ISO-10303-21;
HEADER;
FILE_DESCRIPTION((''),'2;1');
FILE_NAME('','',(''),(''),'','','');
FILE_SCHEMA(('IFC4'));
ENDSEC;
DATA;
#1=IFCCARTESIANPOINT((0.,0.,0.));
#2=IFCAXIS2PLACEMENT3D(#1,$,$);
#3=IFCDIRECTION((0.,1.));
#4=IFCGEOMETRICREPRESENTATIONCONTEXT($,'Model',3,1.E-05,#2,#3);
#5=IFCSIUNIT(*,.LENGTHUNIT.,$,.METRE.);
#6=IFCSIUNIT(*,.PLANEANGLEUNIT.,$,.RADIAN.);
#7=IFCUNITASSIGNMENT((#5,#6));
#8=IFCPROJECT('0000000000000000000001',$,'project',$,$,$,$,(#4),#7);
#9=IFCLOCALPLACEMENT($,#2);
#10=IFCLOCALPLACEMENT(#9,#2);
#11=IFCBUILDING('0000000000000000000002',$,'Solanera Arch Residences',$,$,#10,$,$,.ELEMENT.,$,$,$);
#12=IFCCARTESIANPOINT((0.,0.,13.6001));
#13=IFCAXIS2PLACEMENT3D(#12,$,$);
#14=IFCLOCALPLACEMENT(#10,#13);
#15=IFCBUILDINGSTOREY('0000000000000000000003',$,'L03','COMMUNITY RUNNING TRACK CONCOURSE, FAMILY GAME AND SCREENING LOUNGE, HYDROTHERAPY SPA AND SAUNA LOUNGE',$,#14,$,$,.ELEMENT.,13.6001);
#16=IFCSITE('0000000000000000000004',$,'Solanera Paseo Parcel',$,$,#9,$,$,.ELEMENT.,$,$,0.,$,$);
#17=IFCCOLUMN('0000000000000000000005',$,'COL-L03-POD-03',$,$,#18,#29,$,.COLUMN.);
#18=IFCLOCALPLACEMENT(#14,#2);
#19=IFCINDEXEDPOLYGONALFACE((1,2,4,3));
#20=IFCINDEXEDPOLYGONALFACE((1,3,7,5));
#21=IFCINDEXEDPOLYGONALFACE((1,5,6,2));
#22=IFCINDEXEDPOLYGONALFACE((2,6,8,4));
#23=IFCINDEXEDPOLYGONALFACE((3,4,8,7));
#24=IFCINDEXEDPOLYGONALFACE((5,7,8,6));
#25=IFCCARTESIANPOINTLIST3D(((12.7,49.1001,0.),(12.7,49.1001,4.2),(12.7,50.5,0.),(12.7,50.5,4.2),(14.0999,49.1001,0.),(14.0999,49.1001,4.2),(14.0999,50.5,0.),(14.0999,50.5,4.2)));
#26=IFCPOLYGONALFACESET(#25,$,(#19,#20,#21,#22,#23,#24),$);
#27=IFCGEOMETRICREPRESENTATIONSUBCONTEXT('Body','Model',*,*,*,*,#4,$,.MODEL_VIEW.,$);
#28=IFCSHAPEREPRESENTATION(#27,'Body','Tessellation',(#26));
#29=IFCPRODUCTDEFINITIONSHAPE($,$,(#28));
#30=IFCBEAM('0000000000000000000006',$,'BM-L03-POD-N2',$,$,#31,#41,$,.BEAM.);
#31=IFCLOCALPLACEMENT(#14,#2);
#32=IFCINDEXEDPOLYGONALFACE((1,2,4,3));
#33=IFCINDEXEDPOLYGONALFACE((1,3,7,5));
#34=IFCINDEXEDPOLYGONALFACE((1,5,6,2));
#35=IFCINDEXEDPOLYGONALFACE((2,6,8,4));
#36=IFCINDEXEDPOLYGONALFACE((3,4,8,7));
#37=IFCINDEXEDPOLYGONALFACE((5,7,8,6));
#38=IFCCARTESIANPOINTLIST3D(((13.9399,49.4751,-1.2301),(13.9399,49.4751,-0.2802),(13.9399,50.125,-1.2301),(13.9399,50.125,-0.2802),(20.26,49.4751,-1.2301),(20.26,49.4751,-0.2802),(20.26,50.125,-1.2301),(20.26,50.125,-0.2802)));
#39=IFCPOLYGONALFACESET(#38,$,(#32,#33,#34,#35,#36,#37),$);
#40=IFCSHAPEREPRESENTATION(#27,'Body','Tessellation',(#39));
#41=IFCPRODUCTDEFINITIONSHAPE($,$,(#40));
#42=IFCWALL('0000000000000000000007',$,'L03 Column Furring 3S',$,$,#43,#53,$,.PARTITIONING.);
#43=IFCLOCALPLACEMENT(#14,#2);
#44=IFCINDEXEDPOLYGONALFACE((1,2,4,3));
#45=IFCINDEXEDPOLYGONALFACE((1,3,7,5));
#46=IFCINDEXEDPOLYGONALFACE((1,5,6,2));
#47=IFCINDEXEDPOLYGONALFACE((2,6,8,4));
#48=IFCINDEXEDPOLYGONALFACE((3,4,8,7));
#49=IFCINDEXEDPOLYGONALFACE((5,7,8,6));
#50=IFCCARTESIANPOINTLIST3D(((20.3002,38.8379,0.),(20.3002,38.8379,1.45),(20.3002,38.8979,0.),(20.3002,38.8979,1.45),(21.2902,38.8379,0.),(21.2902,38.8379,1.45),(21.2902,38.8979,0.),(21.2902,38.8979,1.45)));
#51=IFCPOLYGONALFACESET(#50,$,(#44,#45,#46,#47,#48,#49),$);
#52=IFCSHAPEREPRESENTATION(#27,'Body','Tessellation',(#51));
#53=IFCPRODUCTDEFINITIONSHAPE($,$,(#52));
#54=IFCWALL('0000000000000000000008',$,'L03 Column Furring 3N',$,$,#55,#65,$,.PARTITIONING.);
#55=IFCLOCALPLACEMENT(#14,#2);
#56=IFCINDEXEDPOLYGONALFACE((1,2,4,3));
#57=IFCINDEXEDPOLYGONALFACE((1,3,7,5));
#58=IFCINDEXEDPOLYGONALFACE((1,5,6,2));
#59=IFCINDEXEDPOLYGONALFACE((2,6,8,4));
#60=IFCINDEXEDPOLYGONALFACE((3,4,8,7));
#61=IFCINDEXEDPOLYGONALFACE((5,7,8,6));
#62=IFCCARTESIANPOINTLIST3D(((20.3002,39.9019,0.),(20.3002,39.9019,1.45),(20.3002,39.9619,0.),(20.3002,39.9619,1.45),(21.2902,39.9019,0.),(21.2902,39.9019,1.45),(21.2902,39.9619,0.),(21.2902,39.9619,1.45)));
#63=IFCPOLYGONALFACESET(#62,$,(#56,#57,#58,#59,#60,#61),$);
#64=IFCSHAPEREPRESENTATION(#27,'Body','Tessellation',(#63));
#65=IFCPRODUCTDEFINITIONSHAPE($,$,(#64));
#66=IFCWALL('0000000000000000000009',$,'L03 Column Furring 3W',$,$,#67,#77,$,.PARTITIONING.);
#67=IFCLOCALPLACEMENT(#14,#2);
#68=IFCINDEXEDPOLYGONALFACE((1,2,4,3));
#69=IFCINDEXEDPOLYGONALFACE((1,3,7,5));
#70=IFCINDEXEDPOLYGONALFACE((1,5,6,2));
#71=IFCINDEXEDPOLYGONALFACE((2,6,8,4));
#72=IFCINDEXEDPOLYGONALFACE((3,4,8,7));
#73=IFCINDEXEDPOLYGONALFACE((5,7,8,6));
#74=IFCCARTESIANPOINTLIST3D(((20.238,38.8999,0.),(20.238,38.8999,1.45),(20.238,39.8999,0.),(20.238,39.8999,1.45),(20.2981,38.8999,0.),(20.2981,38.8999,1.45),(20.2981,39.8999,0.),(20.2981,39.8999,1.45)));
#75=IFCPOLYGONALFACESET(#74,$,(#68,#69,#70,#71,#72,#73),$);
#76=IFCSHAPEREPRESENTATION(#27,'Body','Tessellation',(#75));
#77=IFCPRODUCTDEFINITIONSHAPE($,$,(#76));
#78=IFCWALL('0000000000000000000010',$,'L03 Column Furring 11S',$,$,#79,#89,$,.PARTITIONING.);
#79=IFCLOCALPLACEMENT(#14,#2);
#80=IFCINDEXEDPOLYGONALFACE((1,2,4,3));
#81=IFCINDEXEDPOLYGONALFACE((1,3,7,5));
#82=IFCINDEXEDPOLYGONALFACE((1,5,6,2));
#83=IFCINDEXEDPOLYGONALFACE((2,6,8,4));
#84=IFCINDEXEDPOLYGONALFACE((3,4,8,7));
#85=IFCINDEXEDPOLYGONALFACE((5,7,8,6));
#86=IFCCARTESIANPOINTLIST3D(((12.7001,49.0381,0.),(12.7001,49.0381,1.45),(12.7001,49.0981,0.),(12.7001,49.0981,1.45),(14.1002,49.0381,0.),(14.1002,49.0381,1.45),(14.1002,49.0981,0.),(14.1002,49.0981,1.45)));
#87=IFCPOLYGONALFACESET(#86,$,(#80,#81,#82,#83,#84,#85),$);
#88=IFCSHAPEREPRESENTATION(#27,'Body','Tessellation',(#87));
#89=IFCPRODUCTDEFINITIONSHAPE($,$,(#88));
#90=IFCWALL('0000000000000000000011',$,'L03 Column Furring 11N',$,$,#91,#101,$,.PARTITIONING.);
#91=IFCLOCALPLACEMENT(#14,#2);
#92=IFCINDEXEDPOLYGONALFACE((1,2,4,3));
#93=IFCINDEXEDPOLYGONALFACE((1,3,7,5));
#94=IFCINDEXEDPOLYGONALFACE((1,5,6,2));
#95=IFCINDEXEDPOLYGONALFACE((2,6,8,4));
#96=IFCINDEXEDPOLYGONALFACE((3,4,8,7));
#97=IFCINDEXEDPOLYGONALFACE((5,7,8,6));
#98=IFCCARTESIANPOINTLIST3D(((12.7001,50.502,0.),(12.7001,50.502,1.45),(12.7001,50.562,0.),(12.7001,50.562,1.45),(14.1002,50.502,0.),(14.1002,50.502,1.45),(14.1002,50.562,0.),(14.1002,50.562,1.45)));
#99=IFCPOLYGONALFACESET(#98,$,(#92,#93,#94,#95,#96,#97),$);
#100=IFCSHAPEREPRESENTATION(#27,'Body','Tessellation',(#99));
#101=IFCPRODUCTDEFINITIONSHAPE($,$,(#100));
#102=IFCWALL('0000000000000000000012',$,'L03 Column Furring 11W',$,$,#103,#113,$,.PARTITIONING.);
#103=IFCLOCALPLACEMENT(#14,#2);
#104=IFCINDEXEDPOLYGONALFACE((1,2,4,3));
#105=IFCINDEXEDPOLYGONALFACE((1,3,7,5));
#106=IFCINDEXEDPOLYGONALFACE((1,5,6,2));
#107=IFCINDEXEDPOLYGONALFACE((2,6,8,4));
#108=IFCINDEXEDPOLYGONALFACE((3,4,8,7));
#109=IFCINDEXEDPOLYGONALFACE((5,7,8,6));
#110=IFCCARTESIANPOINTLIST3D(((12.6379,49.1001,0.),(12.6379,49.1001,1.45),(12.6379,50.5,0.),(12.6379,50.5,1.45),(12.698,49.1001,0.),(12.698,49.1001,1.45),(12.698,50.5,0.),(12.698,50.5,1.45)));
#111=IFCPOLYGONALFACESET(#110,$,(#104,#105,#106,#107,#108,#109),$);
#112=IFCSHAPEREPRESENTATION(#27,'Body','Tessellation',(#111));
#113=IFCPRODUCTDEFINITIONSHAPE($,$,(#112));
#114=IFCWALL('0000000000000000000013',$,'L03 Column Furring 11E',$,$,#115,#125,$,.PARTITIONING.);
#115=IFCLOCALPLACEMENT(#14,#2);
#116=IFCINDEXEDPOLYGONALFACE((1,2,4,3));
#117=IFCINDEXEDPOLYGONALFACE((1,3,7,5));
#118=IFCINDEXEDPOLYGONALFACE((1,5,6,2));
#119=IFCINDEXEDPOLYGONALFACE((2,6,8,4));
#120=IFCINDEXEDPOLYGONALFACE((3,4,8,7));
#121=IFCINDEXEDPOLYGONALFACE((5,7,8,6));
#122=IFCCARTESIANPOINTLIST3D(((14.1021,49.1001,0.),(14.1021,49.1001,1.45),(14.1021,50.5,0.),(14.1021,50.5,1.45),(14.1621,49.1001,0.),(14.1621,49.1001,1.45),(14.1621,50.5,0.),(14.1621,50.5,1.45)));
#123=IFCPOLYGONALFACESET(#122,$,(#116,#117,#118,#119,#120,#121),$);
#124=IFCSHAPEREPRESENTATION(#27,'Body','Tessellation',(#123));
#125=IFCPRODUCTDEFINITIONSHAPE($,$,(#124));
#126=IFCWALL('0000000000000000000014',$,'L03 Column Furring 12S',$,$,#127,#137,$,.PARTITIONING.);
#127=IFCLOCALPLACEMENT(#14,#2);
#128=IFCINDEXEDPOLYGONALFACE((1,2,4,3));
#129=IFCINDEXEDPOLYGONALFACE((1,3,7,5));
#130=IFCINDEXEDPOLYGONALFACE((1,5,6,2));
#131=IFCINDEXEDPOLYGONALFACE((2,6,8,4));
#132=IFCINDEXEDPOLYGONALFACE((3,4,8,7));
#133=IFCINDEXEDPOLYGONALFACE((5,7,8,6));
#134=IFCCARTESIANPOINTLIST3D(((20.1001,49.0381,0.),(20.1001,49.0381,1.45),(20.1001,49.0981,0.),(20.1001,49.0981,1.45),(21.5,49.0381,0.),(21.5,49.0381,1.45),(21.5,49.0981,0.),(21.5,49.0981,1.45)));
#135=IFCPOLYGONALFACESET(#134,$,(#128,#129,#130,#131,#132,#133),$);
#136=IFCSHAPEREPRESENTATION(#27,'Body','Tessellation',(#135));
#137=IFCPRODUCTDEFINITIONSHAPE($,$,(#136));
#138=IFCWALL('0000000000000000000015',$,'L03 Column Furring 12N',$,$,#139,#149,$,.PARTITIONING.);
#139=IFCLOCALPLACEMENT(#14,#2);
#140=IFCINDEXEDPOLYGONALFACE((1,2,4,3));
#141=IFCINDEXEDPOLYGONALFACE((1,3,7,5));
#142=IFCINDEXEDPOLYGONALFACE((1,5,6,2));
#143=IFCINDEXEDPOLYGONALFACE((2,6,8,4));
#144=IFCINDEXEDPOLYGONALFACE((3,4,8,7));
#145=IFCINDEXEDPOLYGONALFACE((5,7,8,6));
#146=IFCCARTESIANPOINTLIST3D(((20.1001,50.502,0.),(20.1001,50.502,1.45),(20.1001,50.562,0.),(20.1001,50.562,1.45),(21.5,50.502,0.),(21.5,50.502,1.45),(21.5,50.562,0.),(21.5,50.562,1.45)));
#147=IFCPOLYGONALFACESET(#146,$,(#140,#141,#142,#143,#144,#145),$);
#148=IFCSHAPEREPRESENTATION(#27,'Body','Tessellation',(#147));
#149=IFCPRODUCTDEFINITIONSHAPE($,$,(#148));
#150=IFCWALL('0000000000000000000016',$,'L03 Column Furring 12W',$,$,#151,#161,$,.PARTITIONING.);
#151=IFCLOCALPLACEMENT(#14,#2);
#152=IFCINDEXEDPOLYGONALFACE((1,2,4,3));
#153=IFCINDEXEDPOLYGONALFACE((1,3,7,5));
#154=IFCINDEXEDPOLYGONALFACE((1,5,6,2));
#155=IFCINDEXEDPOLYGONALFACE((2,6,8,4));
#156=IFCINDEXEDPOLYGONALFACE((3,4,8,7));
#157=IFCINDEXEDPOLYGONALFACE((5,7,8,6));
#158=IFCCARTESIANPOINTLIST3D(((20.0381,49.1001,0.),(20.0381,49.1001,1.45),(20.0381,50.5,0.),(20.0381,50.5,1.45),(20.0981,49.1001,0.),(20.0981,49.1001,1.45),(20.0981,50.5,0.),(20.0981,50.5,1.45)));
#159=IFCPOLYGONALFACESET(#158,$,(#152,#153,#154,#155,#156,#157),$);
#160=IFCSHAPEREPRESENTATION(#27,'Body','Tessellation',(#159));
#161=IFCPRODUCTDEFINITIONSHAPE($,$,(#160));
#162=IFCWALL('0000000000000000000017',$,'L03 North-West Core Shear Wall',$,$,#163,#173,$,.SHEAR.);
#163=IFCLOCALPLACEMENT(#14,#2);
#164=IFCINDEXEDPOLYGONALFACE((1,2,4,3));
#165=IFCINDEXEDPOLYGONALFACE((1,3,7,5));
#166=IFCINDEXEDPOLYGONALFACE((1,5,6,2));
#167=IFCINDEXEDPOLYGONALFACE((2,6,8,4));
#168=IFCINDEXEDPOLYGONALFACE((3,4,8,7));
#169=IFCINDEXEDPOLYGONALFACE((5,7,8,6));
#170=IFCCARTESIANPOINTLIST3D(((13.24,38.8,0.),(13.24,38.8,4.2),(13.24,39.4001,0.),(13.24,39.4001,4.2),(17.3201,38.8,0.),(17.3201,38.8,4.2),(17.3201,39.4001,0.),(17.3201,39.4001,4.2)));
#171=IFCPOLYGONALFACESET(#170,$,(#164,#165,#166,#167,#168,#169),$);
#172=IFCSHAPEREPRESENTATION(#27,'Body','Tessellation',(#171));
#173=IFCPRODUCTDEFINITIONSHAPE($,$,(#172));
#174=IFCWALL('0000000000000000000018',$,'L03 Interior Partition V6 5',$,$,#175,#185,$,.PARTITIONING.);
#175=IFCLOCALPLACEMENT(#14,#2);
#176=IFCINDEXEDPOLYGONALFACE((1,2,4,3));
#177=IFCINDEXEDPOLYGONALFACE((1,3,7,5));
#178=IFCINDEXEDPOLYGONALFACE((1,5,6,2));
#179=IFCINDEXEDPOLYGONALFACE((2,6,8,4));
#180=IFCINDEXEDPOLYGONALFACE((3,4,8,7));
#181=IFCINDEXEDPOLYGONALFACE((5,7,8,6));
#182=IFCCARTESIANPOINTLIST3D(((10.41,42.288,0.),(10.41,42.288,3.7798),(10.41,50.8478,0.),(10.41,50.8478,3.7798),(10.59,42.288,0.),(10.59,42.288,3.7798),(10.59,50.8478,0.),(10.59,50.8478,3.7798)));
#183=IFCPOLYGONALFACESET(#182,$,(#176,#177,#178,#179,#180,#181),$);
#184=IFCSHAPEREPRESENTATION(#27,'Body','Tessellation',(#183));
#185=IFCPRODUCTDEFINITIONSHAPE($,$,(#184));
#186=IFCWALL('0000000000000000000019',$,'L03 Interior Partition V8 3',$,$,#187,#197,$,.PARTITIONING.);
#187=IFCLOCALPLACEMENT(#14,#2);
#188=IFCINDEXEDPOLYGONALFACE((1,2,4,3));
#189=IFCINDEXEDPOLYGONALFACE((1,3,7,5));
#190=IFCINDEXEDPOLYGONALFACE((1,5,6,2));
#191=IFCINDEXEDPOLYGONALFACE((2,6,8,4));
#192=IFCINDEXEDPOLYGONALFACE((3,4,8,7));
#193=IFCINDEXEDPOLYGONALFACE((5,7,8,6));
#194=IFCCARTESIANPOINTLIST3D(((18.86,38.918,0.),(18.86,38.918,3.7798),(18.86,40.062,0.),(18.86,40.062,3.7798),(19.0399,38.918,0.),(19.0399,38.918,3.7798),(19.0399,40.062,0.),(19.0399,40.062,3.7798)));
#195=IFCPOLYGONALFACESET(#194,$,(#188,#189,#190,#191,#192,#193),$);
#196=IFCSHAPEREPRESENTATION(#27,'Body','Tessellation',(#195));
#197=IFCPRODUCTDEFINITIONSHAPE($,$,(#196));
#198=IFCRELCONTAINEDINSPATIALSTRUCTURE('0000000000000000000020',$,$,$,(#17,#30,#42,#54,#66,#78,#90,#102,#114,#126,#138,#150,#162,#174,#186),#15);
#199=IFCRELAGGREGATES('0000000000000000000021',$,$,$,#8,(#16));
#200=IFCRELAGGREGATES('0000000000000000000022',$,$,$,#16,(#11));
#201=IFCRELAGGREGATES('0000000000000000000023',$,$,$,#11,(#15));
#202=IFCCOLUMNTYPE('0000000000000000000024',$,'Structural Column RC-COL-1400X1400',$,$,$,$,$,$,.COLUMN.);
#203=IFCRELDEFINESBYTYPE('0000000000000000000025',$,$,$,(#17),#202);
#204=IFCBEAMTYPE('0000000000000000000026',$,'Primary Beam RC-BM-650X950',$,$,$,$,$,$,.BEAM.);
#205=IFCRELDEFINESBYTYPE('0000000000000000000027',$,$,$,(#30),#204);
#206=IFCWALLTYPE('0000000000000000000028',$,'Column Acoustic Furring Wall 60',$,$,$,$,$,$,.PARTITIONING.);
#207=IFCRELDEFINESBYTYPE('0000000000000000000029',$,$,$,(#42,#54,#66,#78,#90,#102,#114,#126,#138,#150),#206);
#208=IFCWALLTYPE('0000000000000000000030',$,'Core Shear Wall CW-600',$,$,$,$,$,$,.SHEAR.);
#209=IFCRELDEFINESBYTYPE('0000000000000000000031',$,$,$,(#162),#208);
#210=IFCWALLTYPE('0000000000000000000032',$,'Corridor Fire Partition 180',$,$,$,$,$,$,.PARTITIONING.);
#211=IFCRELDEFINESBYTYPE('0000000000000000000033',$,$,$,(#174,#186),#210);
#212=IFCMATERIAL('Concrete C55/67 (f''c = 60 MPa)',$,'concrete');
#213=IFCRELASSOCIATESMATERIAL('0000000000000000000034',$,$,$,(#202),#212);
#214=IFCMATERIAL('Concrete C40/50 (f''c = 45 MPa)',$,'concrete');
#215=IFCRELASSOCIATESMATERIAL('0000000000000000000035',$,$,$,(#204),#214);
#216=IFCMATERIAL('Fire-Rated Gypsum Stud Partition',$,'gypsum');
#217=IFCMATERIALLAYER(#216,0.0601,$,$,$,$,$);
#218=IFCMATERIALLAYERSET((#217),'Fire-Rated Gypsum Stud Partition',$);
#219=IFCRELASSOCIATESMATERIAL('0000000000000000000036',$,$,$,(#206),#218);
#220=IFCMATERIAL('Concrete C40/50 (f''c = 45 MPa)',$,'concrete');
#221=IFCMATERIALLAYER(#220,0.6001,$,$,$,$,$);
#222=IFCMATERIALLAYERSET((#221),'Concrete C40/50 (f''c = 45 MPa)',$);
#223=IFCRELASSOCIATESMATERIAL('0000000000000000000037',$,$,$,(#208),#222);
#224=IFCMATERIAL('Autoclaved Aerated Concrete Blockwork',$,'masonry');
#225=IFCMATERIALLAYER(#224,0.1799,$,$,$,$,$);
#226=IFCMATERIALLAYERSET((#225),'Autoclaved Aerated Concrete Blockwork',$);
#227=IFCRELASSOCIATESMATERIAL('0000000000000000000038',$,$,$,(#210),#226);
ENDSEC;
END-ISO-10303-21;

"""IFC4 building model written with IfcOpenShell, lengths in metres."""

from ifc_helpers import new_model, si_unit, direction, frame, frame_2d, origin, origin_2d, place, context, subcontext, project, spatial, rectangle, extrude, material, layer, layer_set, material_profile, profile_set, type_object, element, save


model = new_model("IFC4")

# Units and contexts
model_context = context("Model", 3, precision=1e-05, world=origin(), true_north=direction((0.0, 1.0)))
body_context = subcontext(model_context, "Body", "Model", "MODEL_VIEW")
ifc_project = project(units=[si_unit("LENGTHUNIT", "METRE"), si_unit("PLANEANGLEUNIT", "RADIAN")], contexts=[model_context])

# Site, building, storey
site_placement = place(None, origin())
site = spatial("IfcSite", under=ifc_project, at=site_placement, Name="Solanera Paseo Parcel", CompositionType="ELEMENT", RefElevation=0.0)
building_placement = place(site_placement, origin())
building = spatial("IfcBuilding", under=site, at=building_placement, Name="Solanera Arch Residences", CompositionType="ELEMENT")
storey_placement = place(building_placement, frame((0.0, 0.0, 13.6001)))
storey = spatial("IfcBuildingStorey", under=building, at=storey_placement, Name="L03", Description="COMMUNITY RUNNING TRACK CONCOURSE, FAMILY GAME AND SCREENING LOUNGE, HYDROTHERAPY SPA AND SAUNA LOUNGE", CompositionType="ELEMENT", Elevation=13.6001)

# Column
ifc_material_1 = material(Name="Concrete C55/67 (f'c = 60 MPa)", Category="concrete")
ifc_material_profile_1 = material_profile(ifc_material_1, rectangle(XDim=1.3999, YDim=1.3999, at=origin_2d()))
ifc_profile_set_1 = profile_set([ifc_material_profile_1], Name="Concrete C55/67 (f'c = 60 MPa)")
column_type = type_object("IfcColumnType", Name="Structural Column RC-COL-1400X1400", PredefinedType="COLUMN", material=ifc_profile_set_1)
column_placement = place(storey_placement, frame((13.3999, 49.8, 0.0), z_axis=(0.0, 0.0, 1.0), x_axis=(1.0, 0.0, 0.0)))
element("IfcColumn", 1, at=column_placement, inside=storey, type_object=column_type, Name="COL-L03-POD-03", PredefinedType="COLUMN", context=body_context, shape_type="SweptSolid", body=[
    extrude(rectangle(XDim=1.3999, YDim=1.3999, at=origin_2d()), origin(), (0.0, 0.0, 1.0), 4.2),
])

# Beam
ifc_material_2 = material(Name="Concrete C40/50 (f'c = 45 MPa)", Category="concrete")
ifc_material_profile_2 = material_profile(ifc_material_2, rectangle(XDim=0.6499, YDim=0.95, at=origin_2d()))
ifc_profile_set_2 = profile_set([ifc_material_profile_2], Name="Concrete C40/50 (f'c = 45 MPa)")
beam_type = type_object("IfcBeamType", Name="Primary Beam RC-BM-650X950", PredefinedType="BEAM", material=ifc_profile_set_2)
beam_placement = place(storey_placement, frame((13.9399, 49.8, -0.7551), z_axis=(1.0, 0.0, 0.0), x_axis=(0.0, 1.0, 0.0)))
element("IfcBeam", 2, at=beam_placement, inside=storey, type_object=beam_type, Name="BM-L03-POD-N2", PredefinedType="BEAM", context=body_context, shape_type="SweptSolid", body=[
    extrude(rectangle(XDim=0.6499, YDim=0.95, at=origin_2d()), origin(), (0.0, 0.0, 1.0), 6.3201),
])

# Walls
ifc_material_3 = material(Name="Fire-Rated Gypsum Stud Partition", Category="gypsum")
ifc_layer_1 = layer(ifc_material_3, 0.0601)
ifc_layer_set_1 = layer_set([ifc_layer_1], Name="Fire-Rated Gypsum Stud Partition")
wall_type_1 = type_object("IfcWallType", Name="Column Acoustic Furring Wall 60", PredefinedType="PARTITIONING", material=ifc_layer_set_1)
for number, where, z_axis, x_axis, name in (
    (3, (20.3, 38.8679, 0.0), (0.0, 0.0, 1.0), (1.0, 0.0, 0.0), "L03 Column Furring 3S"),
    (4, (20.3, 39.9319, 0.0), (0.0, 0.0, 1.0), (1.0, 0.0, 0.0), "L03 Column Furring 3N"),
):
    element("IfcWall", number, at=place(storey_placement, frame(where, z_axis=z_axis, x_axis=x_axis)), inside=storey, type_object=wall_type_1, Name=name, PredefinedType="PARTITIONING", context=body_context, shape_type="SweptSolid", body=[
        extrude(rectangle(XDim=0.99, YDim=0.0601, at=frame_2d((0.4951, 0.0))), origin(), (0.0, 0.0, 1.0), 1.45),
    ])
wall_1_placement = place(storey_placement, frame((20.2681, 38.8999, 0.0), z_axis=(0.0, 0.0, 1.0), x_axis=(0.0, 1.0, 0.0)))
element("IfcWall", 5, at=wall_1_placement, inside=storey, type_object=wall_type_1, Name="L03 Column Furring 3W", PredefinedType="PARTITIONING", context=body_context, shape_type="SweptSolid", body=[
    extrude(rectangle(XDim=1.0, YDim=0.0601, at=frame_2d((0.5, 0.0))), origin(), (0.0, 0.0, 1.0), 1.45),
])
for number, where, z_axis, x_axis, name in (
    (6, (12.7, 49.0681, 0.0), (0.0, 0.0, 1.0), (1.0, 0.0, 0.0), "L03 Column Furring 11S"),
    (7, (12.7, 50.532, 0.0), (0.0, 0.0, 1.0), (1.0, 0.0, 0.0), "L03 Column Furring 11N"),
):
    element("IfcWall", number, at=place(storey_placement, frame(where, z_axis=z_axis, x_axis=x_axis)), inside=storey, type_object=wall_type_1, Name=name, PredefinedType="PARTITIONING", context=body_context, shape_type="SweptSolid", body=[
        extrude(rectangle(XDim=1.4001, YDim=0.0601, at=frame_2d((0.7002, 0.0))), origin(), (0.0, 0.0, 1.0), 1.45),
    ])
for number, where, z_axis, x_axis, name in (
    (8, (12.668, 49.1001, 0.0), (0.0, 0.0, 1.0), (0.0, 1.0, 0.0), "L03 Column Furring 11W"),
    (9, (14.1321, 49.1001, 0.0), (0.0, 0.0, 1.0), (0.0, 1.0, 0.0), "L03 Column Furring 11E"),
    (10, (20.1001, 49.0681, 0.0), (0.0, 0.0, 1.0), (1.0, 0.0, 0.0), "L03 Column Furring 12S"),
    (11, (20.1001, 50.532, 0.0), (0.0, 0.0, 1.0), (1.0, 0.0, 0.0), "L03 Column Furring 12N"),
    (12, (20.0681, 49.1001, 0.0), (0.0, 0.0, 1.0), (0.0, 1.0, 0.0), "L03 Column Furring 12W"),
):
    element("IfcWall", number, at=place(storey_placement, frame(where, z_axis=z_axis, x_axis=x_axis)), inside=storey, type_object=wall_type_1, Name=name, PredefinedType="PARTITIONING", context=body_context, shape_type="SweptSolid", body=[
        extrude(rectangle(XDim=1.3999, YDim=0.0601, at=frame_2d((0.7, 0.0))), origin(), (0.0, 0.0, 1.0), 1.45),
    ])
ifc_material_4 = material(Name="Concrete C40/50 (f'c = 45 MPa)", Category="concrete")
ifc_layer_2 = layer(ifc_material_4, 0.6001)
ifc_layer_set_2 = layer_set([ifc_layer_2], Name="Concrete C40/50 (f'c = 45 MPa)")
wall_type_2 = type_object("IfcWallType", Name="Core Shear Wall CW-600", PredefinedType="SHEAR", material=ifc_layer_set_2)
wall_2_placement = place(storey_placement, frame((13.24, 39.1001, 0.0), z_axis=(0.0, 0.0, 1.0), x_axis=(1.0, 0.0, 0.0)))
element("IfcWall", 13, at=wall_2_placement, inside=storey, type_object=wall_type_2, Name="L03 North-West Core Shear Wall", PredefinedType="SHEAR", context=body_context, shape_type="SweptSolid", body=[
    extrude(rectangle(XDim=4.0801, YDim=0.6001, at=frame_2d((2.04, 0.0))), origin(), (0.0, 0.0, 1.0), 4.2),
])
ifc_material_5 = material(Name="Autoclaved Aerated Concrete Blockwork", Category="masonry")
ifc_layer_3 = layer(ifc_material_5, 0.1799)
ifc_layer_set_3 = layer_set([ifc_layer_3], Name="Autoclaved Aerated Concrete Blockwork")
wall_type_3 = type_object("IfcWallType", Name="Corridor Fire Partition 180", PredefinedType="PARTITIONING", material=ifc_layer_set_3)
wall_3_placement = place(storey_placement, frame((10.5, 42.2881, 0.0), z_axis=(0.0, 0.0, 1.0), x_axis=(0.0, 1.0, 0.0)))
element("IfcWall", 14, at=wall_3_placement, inside=storey, type_object=wall_type_3, Name="L03 Interior Partition V6 5", PredefinedType="PARTITIONING", context=body_context, shape_type="SweptSolid", body=[
    extrude(rectangle(XDim=8.5598, YDim=0.1799, at=frame_2d((4.2798, 0.0))), origin(), (0.0, 0.0, 1.0), 3.7798),
])
wall_4_placement = place(storey_placement, frame((18.95, 38.918, 0.0), z_axis=(0.0, 0.0, 1.0), x_axis=(0.0, 1.0, 0.0)))
element("IfcWall", 15, at=wall_4_placement, inside=storey, type_object=wall_type_3, Name="L03 Interior Partition V8 3", PredefinedType="PARTITIONING", context=body_context, shape_type="SweptSolid", body=[
    extrude(rectangle(XDim=1.144, YDim=0.1799, at=frame_2d((0.572, 0.0))), origin(), (0.0, 0.0, 1.0), 3.7798),
])

save(model, "model.ifc")
